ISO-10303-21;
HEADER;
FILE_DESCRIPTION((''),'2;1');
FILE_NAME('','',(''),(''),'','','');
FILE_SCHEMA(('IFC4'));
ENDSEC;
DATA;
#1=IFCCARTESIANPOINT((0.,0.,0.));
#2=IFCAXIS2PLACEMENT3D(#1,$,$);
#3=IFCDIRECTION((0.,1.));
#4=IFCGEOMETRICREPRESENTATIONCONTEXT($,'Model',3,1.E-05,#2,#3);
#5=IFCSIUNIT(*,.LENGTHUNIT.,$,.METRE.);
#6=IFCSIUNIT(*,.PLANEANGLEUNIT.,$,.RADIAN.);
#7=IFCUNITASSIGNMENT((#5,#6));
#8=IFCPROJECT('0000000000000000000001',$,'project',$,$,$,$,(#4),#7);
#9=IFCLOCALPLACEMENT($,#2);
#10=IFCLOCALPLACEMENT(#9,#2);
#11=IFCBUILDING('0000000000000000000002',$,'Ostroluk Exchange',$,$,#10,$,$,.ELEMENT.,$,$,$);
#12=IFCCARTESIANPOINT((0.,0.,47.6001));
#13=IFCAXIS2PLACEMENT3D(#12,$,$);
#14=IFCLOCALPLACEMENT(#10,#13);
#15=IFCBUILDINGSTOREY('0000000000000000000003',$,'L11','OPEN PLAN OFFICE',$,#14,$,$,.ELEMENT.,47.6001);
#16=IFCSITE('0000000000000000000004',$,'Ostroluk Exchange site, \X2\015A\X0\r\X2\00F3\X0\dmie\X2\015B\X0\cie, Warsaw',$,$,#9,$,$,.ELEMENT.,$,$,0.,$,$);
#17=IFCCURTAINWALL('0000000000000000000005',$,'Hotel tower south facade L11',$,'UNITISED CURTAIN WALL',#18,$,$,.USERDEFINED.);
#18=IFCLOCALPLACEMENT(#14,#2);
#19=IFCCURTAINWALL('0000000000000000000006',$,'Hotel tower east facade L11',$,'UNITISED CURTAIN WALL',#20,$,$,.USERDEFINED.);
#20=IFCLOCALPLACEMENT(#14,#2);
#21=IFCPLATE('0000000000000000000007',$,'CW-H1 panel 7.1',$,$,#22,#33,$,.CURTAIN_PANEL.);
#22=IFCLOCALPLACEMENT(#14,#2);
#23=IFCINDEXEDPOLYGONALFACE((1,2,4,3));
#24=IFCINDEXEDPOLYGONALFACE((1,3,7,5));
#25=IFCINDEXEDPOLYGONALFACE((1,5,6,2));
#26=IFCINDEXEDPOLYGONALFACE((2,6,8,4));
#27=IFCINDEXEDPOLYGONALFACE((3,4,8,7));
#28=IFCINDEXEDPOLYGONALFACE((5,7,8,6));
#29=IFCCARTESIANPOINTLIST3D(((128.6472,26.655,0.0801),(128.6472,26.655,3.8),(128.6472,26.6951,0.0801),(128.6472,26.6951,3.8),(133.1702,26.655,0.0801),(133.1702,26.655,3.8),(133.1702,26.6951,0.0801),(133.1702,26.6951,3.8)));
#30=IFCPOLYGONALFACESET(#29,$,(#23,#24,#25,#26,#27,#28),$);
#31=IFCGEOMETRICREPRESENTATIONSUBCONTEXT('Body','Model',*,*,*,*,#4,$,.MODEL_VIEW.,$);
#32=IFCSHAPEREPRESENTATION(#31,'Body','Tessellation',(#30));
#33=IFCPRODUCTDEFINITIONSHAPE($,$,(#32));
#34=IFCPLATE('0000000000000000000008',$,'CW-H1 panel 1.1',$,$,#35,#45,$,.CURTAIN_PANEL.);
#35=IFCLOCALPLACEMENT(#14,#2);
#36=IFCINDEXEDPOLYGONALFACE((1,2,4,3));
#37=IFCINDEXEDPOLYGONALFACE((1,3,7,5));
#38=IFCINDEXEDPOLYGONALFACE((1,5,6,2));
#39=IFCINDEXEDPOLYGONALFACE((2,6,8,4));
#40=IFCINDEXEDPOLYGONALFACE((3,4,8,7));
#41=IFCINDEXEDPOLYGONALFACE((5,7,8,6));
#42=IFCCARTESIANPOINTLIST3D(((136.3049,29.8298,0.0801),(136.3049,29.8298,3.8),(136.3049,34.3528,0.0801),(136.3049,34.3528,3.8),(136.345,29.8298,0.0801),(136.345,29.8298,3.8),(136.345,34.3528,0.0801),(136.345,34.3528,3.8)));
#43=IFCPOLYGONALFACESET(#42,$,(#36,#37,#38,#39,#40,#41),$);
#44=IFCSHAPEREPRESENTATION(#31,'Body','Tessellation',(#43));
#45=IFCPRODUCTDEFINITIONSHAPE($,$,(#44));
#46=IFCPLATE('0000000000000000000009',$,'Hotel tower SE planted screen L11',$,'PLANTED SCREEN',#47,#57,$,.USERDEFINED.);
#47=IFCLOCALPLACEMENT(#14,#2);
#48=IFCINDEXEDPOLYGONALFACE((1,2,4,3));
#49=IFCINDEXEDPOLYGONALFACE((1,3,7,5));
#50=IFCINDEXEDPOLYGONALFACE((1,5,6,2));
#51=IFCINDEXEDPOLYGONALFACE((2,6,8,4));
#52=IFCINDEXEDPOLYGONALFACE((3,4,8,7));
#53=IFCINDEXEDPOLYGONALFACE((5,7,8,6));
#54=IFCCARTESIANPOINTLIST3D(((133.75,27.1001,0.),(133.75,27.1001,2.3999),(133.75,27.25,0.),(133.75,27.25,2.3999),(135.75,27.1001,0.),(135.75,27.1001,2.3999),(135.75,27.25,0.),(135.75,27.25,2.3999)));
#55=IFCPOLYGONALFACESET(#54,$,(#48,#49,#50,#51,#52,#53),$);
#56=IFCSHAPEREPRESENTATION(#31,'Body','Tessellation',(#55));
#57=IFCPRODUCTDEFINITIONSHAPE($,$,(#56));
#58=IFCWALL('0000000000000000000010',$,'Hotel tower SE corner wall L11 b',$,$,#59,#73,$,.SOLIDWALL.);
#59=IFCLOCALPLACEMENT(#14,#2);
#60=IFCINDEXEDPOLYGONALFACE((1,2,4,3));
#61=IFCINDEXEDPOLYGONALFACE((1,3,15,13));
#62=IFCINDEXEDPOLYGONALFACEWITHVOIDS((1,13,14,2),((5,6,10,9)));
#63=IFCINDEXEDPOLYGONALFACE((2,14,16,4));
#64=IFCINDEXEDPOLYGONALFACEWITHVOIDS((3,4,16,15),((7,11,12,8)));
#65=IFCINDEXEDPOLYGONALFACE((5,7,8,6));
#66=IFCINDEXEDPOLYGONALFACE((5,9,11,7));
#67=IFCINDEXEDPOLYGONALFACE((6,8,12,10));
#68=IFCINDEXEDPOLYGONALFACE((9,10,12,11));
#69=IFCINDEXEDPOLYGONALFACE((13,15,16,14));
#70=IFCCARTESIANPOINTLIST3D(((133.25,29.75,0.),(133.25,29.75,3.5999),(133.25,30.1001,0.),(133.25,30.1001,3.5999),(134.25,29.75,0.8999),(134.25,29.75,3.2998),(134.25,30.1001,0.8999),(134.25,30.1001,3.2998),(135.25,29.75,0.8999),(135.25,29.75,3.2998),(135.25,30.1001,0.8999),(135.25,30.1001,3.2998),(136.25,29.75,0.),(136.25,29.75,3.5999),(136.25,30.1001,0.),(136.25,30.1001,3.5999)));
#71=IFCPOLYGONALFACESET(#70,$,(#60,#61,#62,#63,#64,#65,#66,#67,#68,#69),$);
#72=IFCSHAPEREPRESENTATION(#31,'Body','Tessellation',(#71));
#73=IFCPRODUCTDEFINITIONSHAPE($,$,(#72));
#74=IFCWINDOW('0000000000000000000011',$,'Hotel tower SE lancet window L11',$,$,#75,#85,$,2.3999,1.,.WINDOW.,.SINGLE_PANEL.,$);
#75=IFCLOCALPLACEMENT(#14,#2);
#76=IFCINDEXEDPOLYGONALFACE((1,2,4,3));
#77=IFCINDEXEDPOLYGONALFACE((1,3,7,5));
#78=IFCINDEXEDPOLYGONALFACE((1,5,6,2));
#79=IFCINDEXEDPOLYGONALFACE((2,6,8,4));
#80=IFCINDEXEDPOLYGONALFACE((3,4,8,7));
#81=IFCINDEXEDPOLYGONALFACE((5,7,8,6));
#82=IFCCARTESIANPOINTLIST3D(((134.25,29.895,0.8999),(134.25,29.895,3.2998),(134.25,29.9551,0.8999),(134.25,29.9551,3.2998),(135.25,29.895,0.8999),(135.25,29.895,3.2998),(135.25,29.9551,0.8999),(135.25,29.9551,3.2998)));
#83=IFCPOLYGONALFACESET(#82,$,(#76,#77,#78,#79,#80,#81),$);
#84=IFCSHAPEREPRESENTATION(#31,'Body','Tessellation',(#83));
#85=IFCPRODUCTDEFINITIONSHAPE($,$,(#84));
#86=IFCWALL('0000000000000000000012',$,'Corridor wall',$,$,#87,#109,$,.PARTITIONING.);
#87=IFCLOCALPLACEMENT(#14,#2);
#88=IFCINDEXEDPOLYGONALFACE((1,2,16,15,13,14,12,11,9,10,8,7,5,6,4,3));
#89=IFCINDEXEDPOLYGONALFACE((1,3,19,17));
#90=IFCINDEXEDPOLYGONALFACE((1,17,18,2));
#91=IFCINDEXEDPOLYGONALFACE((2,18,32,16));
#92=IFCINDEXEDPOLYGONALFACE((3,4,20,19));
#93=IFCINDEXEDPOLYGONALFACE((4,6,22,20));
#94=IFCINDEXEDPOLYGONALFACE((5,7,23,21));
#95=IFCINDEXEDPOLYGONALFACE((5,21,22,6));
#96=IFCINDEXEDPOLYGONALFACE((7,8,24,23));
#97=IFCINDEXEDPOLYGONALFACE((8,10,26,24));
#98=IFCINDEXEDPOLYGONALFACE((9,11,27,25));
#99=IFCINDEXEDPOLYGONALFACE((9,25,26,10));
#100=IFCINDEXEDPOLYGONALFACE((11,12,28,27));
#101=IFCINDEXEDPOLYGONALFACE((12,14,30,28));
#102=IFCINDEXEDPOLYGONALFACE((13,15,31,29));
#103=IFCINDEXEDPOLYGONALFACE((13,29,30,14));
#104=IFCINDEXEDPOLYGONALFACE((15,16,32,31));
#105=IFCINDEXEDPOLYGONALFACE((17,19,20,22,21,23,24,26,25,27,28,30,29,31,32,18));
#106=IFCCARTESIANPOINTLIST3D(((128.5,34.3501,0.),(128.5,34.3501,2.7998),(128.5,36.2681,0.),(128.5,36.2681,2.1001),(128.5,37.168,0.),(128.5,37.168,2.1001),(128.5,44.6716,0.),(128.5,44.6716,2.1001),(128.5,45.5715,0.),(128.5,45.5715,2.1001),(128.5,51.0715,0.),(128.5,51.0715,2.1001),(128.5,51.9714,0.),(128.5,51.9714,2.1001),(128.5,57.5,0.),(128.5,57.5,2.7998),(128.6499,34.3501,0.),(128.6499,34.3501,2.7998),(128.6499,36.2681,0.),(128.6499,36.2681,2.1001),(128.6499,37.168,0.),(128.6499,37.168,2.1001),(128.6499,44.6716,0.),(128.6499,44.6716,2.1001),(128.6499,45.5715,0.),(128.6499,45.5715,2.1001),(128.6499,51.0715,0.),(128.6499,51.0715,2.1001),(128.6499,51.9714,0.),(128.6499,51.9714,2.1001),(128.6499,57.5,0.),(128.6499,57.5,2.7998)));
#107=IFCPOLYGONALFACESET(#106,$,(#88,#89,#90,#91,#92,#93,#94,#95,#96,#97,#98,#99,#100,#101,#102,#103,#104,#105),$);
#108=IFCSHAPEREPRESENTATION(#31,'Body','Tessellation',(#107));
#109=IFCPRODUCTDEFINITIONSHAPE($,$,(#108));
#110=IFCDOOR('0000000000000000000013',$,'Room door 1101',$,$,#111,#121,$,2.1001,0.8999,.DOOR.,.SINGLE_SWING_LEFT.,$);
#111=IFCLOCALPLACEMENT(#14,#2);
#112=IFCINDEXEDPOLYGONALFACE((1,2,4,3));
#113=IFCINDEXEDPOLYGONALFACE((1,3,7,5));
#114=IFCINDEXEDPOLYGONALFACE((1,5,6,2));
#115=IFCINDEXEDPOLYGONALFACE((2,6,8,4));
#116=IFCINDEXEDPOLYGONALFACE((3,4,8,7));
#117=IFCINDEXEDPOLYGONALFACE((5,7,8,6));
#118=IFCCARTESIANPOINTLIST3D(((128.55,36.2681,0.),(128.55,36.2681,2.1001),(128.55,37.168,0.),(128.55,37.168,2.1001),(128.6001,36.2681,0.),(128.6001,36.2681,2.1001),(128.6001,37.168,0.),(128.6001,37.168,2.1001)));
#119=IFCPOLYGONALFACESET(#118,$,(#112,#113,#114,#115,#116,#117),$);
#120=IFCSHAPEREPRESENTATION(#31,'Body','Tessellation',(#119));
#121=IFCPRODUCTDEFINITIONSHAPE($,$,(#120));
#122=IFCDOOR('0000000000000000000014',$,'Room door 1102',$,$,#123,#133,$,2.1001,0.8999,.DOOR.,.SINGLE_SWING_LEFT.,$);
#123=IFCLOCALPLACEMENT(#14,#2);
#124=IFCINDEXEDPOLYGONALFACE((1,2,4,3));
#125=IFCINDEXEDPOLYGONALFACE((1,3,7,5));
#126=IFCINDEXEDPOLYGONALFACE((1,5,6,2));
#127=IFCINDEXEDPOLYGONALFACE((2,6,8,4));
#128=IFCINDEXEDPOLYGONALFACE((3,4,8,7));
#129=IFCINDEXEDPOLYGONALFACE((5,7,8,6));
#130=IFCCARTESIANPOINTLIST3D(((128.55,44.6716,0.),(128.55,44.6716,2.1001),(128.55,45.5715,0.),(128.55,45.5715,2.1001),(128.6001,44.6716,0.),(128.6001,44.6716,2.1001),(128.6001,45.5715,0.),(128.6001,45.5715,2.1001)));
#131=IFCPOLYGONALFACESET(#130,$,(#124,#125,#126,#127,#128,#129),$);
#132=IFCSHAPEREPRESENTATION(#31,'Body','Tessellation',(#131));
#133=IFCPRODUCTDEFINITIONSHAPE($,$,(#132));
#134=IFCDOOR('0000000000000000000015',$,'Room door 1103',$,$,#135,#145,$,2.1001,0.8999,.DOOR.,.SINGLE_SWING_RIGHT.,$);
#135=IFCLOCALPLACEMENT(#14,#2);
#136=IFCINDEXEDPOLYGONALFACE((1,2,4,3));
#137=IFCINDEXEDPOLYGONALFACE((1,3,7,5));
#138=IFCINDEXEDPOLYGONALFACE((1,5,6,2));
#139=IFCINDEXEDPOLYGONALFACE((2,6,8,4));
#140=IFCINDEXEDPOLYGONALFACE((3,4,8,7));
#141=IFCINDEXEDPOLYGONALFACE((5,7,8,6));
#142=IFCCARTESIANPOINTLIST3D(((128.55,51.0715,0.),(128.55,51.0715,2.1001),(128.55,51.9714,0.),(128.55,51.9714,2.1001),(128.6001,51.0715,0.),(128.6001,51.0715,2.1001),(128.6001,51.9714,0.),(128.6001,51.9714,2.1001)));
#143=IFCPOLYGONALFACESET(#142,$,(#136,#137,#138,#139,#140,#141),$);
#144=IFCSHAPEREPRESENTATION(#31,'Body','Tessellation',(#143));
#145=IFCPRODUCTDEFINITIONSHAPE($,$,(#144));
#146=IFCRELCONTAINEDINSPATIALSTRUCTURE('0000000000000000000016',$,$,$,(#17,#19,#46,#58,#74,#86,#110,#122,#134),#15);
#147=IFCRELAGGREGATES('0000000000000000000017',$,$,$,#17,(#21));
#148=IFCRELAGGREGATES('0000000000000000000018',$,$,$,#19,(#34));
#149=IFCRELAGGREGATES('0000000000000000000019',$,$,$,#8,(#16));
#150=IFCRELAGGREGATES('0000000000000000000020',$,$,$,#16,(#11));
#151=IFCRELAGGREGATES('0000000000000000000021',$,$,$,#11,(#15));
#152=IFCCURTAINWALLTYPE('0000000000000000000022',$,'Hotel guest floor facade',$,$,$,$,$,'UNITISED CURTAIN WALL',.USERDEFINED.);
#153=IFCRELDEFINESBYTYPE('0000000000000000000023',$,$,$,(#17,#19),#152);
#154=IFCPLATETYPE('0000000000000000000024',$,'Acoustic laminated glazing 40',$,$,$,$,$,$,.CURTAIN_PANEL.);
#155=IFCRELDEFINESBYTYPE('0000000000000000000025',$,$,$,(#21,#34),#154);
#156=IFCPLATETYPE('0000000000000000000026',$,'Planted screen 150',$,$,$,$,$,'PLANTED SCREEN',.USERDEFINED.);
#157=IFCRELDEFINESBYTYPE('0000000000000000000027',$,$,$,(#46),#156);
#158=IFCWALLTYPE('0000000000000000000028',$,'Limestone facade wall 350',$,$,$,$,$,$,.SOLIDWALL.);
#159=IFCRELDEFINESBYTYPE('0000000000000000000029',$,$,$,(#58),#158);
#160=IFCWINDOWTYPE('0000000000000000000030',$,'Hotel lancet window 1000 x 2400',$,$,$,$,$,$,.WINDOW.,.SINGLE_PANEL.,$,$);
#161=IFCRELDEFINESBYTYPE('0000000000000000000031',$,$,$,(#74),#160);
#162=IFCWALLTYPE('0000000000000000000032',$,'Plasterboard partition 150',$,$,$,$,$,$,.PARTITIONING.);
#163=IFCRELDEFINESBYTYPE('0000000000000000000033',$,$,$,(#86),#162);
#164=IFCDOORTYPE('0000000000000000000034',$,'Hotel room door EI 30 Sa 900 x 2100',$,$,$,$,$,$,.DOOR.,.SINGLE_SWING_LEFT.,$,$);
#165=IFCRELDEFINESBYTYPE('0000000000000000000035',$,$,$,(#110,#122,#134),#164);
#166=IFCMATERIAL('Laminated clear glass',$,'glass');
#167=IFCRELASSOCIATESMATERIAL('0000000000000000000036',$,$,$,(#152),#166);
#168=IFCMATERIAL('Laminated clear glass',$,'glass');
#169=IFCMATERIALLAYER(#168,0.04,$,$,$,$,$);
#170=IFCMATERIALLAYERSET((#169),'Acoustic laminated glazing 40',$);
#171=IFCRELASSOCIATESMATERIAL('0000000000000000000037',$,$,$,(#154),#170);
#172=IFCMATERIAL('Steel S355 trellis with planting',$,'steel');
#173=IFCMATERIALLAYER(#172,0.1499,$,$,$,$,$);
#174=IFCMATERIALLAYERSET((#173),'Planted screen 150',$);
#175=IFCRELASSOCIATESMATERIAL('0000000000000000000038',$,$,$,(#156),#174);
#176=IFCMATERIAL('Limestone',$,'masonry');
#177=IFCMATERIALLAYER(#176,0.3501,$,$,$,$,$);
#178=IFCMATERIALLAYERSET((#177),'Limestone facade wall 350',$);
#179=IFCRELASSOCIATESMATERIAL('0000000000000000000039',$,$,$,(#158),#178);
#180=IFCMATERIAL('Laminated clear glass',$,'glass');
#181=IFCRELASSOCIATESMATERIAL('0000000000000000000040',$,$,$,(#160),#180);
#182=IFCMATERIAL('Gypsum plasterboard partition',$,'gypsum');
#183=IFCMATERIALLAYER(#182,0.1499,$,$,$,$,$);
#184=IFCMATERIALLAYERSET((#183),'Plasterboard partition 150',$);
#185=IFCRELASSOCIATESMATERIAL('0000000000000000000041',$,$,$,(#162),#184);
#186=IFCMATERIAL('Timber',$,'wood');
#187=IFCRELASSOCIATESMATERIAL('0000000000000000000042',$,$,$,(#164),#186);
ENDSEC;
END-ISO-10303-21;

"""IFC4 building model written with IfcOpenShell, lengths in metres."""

from ifc_helpers import new_model, si_unit, direction, frame, frame_2d, origin, origin_2d, place, context, subcontext, project, spatial, rectangle, extrude, material, layer, layer_set, type_object, element, fill, aggregate, save


model = new_model("IFC4")

# Units and contexts
model_context = context("Model", 3, precision=1e-05, world=origin(), true_north=direction((0.0, 1.0)))
body_context = subcontext(model_context, "Body", "Model", "MODEL_VIEW")
ifc_project = project(units=[si_unit("LENGTHUNIT", "METRE"), si_unit("PLANEANGLEUNIT", "RADIAN")], contexts=[model_context])

# Site, building, storey
site_placement = place(None, origin())
site = spatial("IfcSite", under=ifc_project, at=site_placement, Name="Ostroluk Exchange site, Śródmieście, Warsaw", CompositionType="ELEMENT", RefElevation=0.0)
building_placement = place(site_placement, origin())
building = spatial("IfcBuilding", under=site, at=building_placement, Name="Ostroluk Exchange", CompositionType="ELEMENT")
storey_placement = place(building_placement, frame((0.0, 0.0, 47.6001)))
storey = spatial("IfcBuildingStorey", under=building, at=storey_placement, Name="L11", Description="OPEN PLAN OFFICE", CompositionType="ELEMENT", Elevation=47.6001)

# Curtain walls
ifc_material_1 = material(Name="Laminated clear glass", Category="glass")
curtain_wall_type = type_object("IfcCurtainWallType", Name="Hotel guest floor facade", ElementType="UNITISED CURTAIN WALL", PredefinedType="USERDEFINED", material=ifc_material_1)
curtain_wall_1_placement = place(storey_placement, origin())
curtain_wall_1 = element("IfcCurtainWall", 1, at=curtain_wall_1_placement, inside=storey, type_object=curtain_wall_type, Name="Hotel tower south facade L11", ObjectType="UNITISED CURTAIN WALL", PredefinedType="USERDEFINED")
curtain_wall_2_placement = place(storey_placement, origin())
curtain_wall_2 = element("IfcCurtainWall", 2, at=curtain_wall_2_placement, inside=storey, type_object=curtain_wall_type, Name="Hotel tower east facade L11", ObjectType="UNITISED CURTAIN WALL", PredefinedType="USERDEFINED")

# Plates
ifc_material_2 = material(Name="Laminated clear glass", Category="glass")
ifc_layer_1 = layer(ifc_material_2, 0.04)
ifc_layer_set_1 = layer_set([ifc_layer_1], Name="Acoustic laminated glazing 40")
plate_type_1 = type_object("IfcPlateType", Name="Acoustic laminated glazing 40", PredefinedType="CURTAIN_PANEL", material=ifc_layer_set_1)
plate_1_placement = place(storey_placement, frame((130.9087, 26.675, 0.0801), z_axis=(0.0, 0.0, 1.0), x_axis=(1.0, 0.0, 0.0)))
plate_1 = element("IfcPlate", 3, at=plate_1_placement, type_object=plate_type_1, Name="CW-H1 panel 7.1", PredefinedType="CURTAIN_PANEL", context=body_context, shape_type="SweptSolid", body=[
    extrude(rectangle(XDim=4.5229, YDim=0.04, at=origin_2d()), origin(), (0.0, 0.0, 1.0), 3.72),
])
aggregate(curtain_wall_1, [plate_1])
plate_2_placement = place(storey_placement, frame((136.325, 32.0913, 0.0801), z_axis=(0.0, 0.0, 1.0), x_axis=(0.0, 1.0, 0.0)))
plate_2 = element("IfcPlate", 4, at=plate_2_placement, type_object=plate_type_1, Name="CW-H1 panel 1.1", PredefinedType="CURTAIN_PANEL", context=body_context, shape_type="SweptSolid", body=[
    extrude(rectangle(XDim=4.5229, YDim=0.04, at=origin_2d()), origin(), (0.0, 0.0, 1.0), 3.72),
])
aggregate(curtain_wall_2, [plate_2])
ifc_material_3 = material(Name="Steel S355 trellis with planting", Category="steel")
ifc_layer_2 = layer(ifc_material_3, 0.1499)
ifc_layer_set_2 = layer_set([ifc_layer_2], Name="Planted screen 150")
plate_type_2 = type_object("IfcPlateType", Name="Planted screen 150", ElementType="PLANTED SCREEN", PredefinedType="USERDEFINED", material=ifc_layer_set_2)
plate_3_placement = place(storey_placement, frame((134.75, 27.175, 0.0), z_axis=(0.0, 0.0, 1.0), x_axis=(1.0, 0.0, 0.0)))
element("IfcPlate", 5, at=plate_3_placement, inside=storey, type_object=plate_type_2, Name="Hotel tower SE planted screen L11", ObjectType="PLANTED SCREEN", PredefinedType="USERDEFINED", context=body_context, shape_type="SweptSolid", body=[
    extrude(rectangle(XDim=2.0, YDim=0.1499, at=origin_2d()), origin(), (0.0, 0.0, 1.0), 2.3999),
])

# Shared definitions
ifc_material_4 = material(Name="Limestone", Category="masonry")
ifc_layer_3 = layer(ifc_material_4, 0.3501)
ifc_layer_set_3 = layer_set([ifc_layer_3], Name="Limestone facade wall 350")
wall_type_1 = type_object("IfcWallType", Name="Limestone facade wall 350", PredefinedType="SOLIDWALL", material=ifc_layer_set_3)

# Wall, opening, window
wall_1_placement = place(storey_placement, frame((133.25, 29.925, 0.0), z_axis=(0.0, 0.0, 1.0), x_axis=(1.0, 0.0, 0.0)))
wall_1 = element("IfcWall", 6, at=wall_1_placement, inside=storey, type_object=wall_type_1, Name="Hotel tower SE corner wall L11 b", PredefinedType="SOLIDWALL", context=body_context, shape_type="SweptSolid", body=[
    extrude(rectangle(XDim=3.0, YDim=0.3501, at=frame_2d((1.5, 0.0))), origin(), (0.0, 0.0, 1.0), 3.5999),
])
opening_1_placement = place(wall_1_placement, frame((1.0, 0.0, 0.8999)))
opening_1 = element("IfcOpeningElement", 7, at=opening_1_placement, cuts=wall_1, PredefinedType="OPENING", context=body_context, shape_type="SweptSolid", body=[
    extrude(rectangle(XDim=1.0, YDim=2.3999, at=frame_2d((0.5, 1.2))), frame((0.0, 0.1851, 0.0), z_axis=(0.0, -1.0, 0.0), x_axis=(1.0, 0.0, 0.0)), (0.0, 0.0, 1.0), 0.3701),
])
ifc_material_5 = material(Name="Laminated clear glass", Category="glass")
window_type = type_object("IfcWindowType", Name="Hotel lancet window 1000 x 2400", PartitioningType="SINGLE_PANEL", PredefinedType="WINDOW", material=ifc_material_5)
window_placement = place(opening_1_placement, origin())
window = element("IfcWindow", 8, at=window_placement, inside=storey, type_object=window_type, Name="Hotel tower SE lancet window L11", OverallHeight=2.3999, OverallWidth=1.0, PartitioningType="SINGLE_PANEL", PredefinedType="WINDOW", context=body_context, shape_type="SweptSolid", body=[
    extrude(rectangle(XDim=1.0, YDim=2.3999, at=frame_2d((0.5, 1.2))), frame((0.0, 0.03, 0.0), z_axis=(0.0, -1.0, 0.0), x_axis=(1.0, 0.0, 0.0)), (0.0, 0.0, 1.0), 0.0601),
])
fill(opening_1, window)

# Wall, openings, doors
ifc_material_6 = material(Name="Gypsum plasterboard partition", Category="gypsum")
ifc_layer_4 = layer(ifc_material_6, 0.1499)
ifc_layer_set_4 = layer_set([ifc_layer_4], Name="Plasterboard partition 150")
wall_type_2 = type_object("IfcWallType", Name="Plasterboard partition 150", PredefinedType="PARTITIONING", material=ifc_layer_set_4)
wall_2_placement = place(storey_placement, frame((128.575, 34.3501, 0.0), z_axis=(0.0, 0.0, 1.0), x_axis=(0.0, 1.0, 0.0)))
wall_2 = element("IfcWall", 9, at=wall_2_placement, inside=storey, type_object=wall_type_2, Name="Corridor wall", PredefinedType="PARTITIONING", context=body_context, shape_type="SweptSolid", body=[
    extrude(rectangle(XDim=23.1499, YDim=0.1499, at=frame_2d((11.575, 0.0))), origin(), (0.0, 0.0, 1.0), 2.7998),
])
opening_2_placement = place(wall_2_placement, frame((1.918, 0.0, 0.0)))
opening_2 = element("IfcOpeningElement", 10, at=opening_2_placement, cuts=wall_2, PredefinedType="OPENING", context=body_context, shape_type="SweptSolid", body=[
    extrude(rectangle(XDim=0.8999, YDim=2.1001, at=frame_2d((0.45, 1.05))), frame((0.0, 0.085, 0.0), z_axis=(0.0, -1.0, 0.0), x_axis=(1.0, 0.0, 0.0)), (0.0, 0.0, 1.0), 0.1699),
])
opening_3_placement = place(wall_2_placement, frame((10.3215, 0.0, 0.0)))
opening_3 = element("IfcOpeningElement", 11, at=opening_3_placement, cuts=wall_2, PredefinedType="OPENING", context=body_context, shape_type="SweptSolid", body=[
    extrude(rectangle(XDim=0.8999, YDim=2.1001, at=frame_2d((0.45, 1.05))), frame((0.0, 0.085, 0.0), z_axis=(0.0, -1.0, 0.0), x_axis=(1.0, 0.0, 0.0)), (0.0, 0.0, 1.0), 0.1699),
])
opening_4_placement = place(wall_2_placement, frame((16.7214, 0.0, 0.0)))
opening_4 = element("IfcOpeningElement", 12, at=opening_4_placement, cuts=wall_2, PredefinedType="OPENING", context=body_context, shape_type="SweptSolid", body=[
    extrude(rectangle(XDim=0.8999, YDim=2.1001, at=frame_2d((0.45, 1.05))), frame((0.0, 0.085, 0.0), z_axis=(0.0, -1.0, 0.0), x_axis=(1.0, 0.0, 0.0)), (0.0, 0.0, 1.0), 0.1699),
])
ifc_material_7 = material(Name="Timber", Category="wood")
door_type_1 = type_object("IfcDoorType", Name="Hotel room door EI 30 Sa 900 x 2100", OperationType="SINGLE_SWING_LEFT", PredefinedType="DOOR", material=ifc_material_7)
door_1_placement = place(opening_2_placement, origin())
door_1 = element("IfcDoor", 13, at=door_1_placement, inside=storey, type_object=door_type_1, Name="Room door 1101", OperationType="SINGLE_SWING_LEFT", OverallHeight=2.1001, OverallWidth=0.8999, PredefinedType="DOOR", context=body_context, shape_type="SweptSolid", body=[
    extrude(rectangle(XDim=0.8999, YDim=2.1001, at=frame_2d((0.45, 1.05))), frame((0.0, 0.0249, 0.0), z_axis=(0.0, -1.0, 0.0), x_axis=(1.0, 0.0, 0.0)), (0.0, 0.0, 1.0), 0.05),
])
fill(opening_2, door_1)
door_2_placement = place(opening_3_placement, origin())
door_2 = element("IfcDoor", 14, at=door_2_placement, inside=storey, type_object=door_type_1, Name="Room door 1102", OperationType="SINGLE_SWING_LEFT", OverallHeight=2.1001, OverallWidth=0.8999, PredefinedType="DOOR", context=body_context, shape_type="SweptSolid", body=[
    extrude(rectangle(XDim=0.8999, YDim=2.1001, at=frame_2d((0.45, 1.05))), frame((0.0, 0.0249, 0.0), z_axis=(0.0, -1.0, 0.0), x_axis=(1.0, 0.0, 0.0)), (0.0, 0.0, 1.0), 0.05),
])
fill(opening_3, door_2)
door_3_placement = place(opening_4_placement, origin())
door_3 = element("IfcDoor", 15, at=door_3_placement, inside=storey, type_object=door_type_1, Name="Room door 1103", OperationType="SINGLE_SWING_RIGHT", OverallHeight=2.1001, OverallWidth=0.8999, PredefinedType="DOOR", context=body_context, shape_type="SweptSolid", body=[
    extrude(rectangle(XDim=0.8999, YDim=2.1001, at=frame_2d((0.45, 1.05))), frame((0.0, 0.0249, 0.0), z_axis=(0.0, -1.0, 0.0), x_axis=(1.0, 0.0, 0.0)), (0.0, 0.0, 1.0), 0.05),
])
fill(opening_4, door_3)

save(model, "model.ifc")
